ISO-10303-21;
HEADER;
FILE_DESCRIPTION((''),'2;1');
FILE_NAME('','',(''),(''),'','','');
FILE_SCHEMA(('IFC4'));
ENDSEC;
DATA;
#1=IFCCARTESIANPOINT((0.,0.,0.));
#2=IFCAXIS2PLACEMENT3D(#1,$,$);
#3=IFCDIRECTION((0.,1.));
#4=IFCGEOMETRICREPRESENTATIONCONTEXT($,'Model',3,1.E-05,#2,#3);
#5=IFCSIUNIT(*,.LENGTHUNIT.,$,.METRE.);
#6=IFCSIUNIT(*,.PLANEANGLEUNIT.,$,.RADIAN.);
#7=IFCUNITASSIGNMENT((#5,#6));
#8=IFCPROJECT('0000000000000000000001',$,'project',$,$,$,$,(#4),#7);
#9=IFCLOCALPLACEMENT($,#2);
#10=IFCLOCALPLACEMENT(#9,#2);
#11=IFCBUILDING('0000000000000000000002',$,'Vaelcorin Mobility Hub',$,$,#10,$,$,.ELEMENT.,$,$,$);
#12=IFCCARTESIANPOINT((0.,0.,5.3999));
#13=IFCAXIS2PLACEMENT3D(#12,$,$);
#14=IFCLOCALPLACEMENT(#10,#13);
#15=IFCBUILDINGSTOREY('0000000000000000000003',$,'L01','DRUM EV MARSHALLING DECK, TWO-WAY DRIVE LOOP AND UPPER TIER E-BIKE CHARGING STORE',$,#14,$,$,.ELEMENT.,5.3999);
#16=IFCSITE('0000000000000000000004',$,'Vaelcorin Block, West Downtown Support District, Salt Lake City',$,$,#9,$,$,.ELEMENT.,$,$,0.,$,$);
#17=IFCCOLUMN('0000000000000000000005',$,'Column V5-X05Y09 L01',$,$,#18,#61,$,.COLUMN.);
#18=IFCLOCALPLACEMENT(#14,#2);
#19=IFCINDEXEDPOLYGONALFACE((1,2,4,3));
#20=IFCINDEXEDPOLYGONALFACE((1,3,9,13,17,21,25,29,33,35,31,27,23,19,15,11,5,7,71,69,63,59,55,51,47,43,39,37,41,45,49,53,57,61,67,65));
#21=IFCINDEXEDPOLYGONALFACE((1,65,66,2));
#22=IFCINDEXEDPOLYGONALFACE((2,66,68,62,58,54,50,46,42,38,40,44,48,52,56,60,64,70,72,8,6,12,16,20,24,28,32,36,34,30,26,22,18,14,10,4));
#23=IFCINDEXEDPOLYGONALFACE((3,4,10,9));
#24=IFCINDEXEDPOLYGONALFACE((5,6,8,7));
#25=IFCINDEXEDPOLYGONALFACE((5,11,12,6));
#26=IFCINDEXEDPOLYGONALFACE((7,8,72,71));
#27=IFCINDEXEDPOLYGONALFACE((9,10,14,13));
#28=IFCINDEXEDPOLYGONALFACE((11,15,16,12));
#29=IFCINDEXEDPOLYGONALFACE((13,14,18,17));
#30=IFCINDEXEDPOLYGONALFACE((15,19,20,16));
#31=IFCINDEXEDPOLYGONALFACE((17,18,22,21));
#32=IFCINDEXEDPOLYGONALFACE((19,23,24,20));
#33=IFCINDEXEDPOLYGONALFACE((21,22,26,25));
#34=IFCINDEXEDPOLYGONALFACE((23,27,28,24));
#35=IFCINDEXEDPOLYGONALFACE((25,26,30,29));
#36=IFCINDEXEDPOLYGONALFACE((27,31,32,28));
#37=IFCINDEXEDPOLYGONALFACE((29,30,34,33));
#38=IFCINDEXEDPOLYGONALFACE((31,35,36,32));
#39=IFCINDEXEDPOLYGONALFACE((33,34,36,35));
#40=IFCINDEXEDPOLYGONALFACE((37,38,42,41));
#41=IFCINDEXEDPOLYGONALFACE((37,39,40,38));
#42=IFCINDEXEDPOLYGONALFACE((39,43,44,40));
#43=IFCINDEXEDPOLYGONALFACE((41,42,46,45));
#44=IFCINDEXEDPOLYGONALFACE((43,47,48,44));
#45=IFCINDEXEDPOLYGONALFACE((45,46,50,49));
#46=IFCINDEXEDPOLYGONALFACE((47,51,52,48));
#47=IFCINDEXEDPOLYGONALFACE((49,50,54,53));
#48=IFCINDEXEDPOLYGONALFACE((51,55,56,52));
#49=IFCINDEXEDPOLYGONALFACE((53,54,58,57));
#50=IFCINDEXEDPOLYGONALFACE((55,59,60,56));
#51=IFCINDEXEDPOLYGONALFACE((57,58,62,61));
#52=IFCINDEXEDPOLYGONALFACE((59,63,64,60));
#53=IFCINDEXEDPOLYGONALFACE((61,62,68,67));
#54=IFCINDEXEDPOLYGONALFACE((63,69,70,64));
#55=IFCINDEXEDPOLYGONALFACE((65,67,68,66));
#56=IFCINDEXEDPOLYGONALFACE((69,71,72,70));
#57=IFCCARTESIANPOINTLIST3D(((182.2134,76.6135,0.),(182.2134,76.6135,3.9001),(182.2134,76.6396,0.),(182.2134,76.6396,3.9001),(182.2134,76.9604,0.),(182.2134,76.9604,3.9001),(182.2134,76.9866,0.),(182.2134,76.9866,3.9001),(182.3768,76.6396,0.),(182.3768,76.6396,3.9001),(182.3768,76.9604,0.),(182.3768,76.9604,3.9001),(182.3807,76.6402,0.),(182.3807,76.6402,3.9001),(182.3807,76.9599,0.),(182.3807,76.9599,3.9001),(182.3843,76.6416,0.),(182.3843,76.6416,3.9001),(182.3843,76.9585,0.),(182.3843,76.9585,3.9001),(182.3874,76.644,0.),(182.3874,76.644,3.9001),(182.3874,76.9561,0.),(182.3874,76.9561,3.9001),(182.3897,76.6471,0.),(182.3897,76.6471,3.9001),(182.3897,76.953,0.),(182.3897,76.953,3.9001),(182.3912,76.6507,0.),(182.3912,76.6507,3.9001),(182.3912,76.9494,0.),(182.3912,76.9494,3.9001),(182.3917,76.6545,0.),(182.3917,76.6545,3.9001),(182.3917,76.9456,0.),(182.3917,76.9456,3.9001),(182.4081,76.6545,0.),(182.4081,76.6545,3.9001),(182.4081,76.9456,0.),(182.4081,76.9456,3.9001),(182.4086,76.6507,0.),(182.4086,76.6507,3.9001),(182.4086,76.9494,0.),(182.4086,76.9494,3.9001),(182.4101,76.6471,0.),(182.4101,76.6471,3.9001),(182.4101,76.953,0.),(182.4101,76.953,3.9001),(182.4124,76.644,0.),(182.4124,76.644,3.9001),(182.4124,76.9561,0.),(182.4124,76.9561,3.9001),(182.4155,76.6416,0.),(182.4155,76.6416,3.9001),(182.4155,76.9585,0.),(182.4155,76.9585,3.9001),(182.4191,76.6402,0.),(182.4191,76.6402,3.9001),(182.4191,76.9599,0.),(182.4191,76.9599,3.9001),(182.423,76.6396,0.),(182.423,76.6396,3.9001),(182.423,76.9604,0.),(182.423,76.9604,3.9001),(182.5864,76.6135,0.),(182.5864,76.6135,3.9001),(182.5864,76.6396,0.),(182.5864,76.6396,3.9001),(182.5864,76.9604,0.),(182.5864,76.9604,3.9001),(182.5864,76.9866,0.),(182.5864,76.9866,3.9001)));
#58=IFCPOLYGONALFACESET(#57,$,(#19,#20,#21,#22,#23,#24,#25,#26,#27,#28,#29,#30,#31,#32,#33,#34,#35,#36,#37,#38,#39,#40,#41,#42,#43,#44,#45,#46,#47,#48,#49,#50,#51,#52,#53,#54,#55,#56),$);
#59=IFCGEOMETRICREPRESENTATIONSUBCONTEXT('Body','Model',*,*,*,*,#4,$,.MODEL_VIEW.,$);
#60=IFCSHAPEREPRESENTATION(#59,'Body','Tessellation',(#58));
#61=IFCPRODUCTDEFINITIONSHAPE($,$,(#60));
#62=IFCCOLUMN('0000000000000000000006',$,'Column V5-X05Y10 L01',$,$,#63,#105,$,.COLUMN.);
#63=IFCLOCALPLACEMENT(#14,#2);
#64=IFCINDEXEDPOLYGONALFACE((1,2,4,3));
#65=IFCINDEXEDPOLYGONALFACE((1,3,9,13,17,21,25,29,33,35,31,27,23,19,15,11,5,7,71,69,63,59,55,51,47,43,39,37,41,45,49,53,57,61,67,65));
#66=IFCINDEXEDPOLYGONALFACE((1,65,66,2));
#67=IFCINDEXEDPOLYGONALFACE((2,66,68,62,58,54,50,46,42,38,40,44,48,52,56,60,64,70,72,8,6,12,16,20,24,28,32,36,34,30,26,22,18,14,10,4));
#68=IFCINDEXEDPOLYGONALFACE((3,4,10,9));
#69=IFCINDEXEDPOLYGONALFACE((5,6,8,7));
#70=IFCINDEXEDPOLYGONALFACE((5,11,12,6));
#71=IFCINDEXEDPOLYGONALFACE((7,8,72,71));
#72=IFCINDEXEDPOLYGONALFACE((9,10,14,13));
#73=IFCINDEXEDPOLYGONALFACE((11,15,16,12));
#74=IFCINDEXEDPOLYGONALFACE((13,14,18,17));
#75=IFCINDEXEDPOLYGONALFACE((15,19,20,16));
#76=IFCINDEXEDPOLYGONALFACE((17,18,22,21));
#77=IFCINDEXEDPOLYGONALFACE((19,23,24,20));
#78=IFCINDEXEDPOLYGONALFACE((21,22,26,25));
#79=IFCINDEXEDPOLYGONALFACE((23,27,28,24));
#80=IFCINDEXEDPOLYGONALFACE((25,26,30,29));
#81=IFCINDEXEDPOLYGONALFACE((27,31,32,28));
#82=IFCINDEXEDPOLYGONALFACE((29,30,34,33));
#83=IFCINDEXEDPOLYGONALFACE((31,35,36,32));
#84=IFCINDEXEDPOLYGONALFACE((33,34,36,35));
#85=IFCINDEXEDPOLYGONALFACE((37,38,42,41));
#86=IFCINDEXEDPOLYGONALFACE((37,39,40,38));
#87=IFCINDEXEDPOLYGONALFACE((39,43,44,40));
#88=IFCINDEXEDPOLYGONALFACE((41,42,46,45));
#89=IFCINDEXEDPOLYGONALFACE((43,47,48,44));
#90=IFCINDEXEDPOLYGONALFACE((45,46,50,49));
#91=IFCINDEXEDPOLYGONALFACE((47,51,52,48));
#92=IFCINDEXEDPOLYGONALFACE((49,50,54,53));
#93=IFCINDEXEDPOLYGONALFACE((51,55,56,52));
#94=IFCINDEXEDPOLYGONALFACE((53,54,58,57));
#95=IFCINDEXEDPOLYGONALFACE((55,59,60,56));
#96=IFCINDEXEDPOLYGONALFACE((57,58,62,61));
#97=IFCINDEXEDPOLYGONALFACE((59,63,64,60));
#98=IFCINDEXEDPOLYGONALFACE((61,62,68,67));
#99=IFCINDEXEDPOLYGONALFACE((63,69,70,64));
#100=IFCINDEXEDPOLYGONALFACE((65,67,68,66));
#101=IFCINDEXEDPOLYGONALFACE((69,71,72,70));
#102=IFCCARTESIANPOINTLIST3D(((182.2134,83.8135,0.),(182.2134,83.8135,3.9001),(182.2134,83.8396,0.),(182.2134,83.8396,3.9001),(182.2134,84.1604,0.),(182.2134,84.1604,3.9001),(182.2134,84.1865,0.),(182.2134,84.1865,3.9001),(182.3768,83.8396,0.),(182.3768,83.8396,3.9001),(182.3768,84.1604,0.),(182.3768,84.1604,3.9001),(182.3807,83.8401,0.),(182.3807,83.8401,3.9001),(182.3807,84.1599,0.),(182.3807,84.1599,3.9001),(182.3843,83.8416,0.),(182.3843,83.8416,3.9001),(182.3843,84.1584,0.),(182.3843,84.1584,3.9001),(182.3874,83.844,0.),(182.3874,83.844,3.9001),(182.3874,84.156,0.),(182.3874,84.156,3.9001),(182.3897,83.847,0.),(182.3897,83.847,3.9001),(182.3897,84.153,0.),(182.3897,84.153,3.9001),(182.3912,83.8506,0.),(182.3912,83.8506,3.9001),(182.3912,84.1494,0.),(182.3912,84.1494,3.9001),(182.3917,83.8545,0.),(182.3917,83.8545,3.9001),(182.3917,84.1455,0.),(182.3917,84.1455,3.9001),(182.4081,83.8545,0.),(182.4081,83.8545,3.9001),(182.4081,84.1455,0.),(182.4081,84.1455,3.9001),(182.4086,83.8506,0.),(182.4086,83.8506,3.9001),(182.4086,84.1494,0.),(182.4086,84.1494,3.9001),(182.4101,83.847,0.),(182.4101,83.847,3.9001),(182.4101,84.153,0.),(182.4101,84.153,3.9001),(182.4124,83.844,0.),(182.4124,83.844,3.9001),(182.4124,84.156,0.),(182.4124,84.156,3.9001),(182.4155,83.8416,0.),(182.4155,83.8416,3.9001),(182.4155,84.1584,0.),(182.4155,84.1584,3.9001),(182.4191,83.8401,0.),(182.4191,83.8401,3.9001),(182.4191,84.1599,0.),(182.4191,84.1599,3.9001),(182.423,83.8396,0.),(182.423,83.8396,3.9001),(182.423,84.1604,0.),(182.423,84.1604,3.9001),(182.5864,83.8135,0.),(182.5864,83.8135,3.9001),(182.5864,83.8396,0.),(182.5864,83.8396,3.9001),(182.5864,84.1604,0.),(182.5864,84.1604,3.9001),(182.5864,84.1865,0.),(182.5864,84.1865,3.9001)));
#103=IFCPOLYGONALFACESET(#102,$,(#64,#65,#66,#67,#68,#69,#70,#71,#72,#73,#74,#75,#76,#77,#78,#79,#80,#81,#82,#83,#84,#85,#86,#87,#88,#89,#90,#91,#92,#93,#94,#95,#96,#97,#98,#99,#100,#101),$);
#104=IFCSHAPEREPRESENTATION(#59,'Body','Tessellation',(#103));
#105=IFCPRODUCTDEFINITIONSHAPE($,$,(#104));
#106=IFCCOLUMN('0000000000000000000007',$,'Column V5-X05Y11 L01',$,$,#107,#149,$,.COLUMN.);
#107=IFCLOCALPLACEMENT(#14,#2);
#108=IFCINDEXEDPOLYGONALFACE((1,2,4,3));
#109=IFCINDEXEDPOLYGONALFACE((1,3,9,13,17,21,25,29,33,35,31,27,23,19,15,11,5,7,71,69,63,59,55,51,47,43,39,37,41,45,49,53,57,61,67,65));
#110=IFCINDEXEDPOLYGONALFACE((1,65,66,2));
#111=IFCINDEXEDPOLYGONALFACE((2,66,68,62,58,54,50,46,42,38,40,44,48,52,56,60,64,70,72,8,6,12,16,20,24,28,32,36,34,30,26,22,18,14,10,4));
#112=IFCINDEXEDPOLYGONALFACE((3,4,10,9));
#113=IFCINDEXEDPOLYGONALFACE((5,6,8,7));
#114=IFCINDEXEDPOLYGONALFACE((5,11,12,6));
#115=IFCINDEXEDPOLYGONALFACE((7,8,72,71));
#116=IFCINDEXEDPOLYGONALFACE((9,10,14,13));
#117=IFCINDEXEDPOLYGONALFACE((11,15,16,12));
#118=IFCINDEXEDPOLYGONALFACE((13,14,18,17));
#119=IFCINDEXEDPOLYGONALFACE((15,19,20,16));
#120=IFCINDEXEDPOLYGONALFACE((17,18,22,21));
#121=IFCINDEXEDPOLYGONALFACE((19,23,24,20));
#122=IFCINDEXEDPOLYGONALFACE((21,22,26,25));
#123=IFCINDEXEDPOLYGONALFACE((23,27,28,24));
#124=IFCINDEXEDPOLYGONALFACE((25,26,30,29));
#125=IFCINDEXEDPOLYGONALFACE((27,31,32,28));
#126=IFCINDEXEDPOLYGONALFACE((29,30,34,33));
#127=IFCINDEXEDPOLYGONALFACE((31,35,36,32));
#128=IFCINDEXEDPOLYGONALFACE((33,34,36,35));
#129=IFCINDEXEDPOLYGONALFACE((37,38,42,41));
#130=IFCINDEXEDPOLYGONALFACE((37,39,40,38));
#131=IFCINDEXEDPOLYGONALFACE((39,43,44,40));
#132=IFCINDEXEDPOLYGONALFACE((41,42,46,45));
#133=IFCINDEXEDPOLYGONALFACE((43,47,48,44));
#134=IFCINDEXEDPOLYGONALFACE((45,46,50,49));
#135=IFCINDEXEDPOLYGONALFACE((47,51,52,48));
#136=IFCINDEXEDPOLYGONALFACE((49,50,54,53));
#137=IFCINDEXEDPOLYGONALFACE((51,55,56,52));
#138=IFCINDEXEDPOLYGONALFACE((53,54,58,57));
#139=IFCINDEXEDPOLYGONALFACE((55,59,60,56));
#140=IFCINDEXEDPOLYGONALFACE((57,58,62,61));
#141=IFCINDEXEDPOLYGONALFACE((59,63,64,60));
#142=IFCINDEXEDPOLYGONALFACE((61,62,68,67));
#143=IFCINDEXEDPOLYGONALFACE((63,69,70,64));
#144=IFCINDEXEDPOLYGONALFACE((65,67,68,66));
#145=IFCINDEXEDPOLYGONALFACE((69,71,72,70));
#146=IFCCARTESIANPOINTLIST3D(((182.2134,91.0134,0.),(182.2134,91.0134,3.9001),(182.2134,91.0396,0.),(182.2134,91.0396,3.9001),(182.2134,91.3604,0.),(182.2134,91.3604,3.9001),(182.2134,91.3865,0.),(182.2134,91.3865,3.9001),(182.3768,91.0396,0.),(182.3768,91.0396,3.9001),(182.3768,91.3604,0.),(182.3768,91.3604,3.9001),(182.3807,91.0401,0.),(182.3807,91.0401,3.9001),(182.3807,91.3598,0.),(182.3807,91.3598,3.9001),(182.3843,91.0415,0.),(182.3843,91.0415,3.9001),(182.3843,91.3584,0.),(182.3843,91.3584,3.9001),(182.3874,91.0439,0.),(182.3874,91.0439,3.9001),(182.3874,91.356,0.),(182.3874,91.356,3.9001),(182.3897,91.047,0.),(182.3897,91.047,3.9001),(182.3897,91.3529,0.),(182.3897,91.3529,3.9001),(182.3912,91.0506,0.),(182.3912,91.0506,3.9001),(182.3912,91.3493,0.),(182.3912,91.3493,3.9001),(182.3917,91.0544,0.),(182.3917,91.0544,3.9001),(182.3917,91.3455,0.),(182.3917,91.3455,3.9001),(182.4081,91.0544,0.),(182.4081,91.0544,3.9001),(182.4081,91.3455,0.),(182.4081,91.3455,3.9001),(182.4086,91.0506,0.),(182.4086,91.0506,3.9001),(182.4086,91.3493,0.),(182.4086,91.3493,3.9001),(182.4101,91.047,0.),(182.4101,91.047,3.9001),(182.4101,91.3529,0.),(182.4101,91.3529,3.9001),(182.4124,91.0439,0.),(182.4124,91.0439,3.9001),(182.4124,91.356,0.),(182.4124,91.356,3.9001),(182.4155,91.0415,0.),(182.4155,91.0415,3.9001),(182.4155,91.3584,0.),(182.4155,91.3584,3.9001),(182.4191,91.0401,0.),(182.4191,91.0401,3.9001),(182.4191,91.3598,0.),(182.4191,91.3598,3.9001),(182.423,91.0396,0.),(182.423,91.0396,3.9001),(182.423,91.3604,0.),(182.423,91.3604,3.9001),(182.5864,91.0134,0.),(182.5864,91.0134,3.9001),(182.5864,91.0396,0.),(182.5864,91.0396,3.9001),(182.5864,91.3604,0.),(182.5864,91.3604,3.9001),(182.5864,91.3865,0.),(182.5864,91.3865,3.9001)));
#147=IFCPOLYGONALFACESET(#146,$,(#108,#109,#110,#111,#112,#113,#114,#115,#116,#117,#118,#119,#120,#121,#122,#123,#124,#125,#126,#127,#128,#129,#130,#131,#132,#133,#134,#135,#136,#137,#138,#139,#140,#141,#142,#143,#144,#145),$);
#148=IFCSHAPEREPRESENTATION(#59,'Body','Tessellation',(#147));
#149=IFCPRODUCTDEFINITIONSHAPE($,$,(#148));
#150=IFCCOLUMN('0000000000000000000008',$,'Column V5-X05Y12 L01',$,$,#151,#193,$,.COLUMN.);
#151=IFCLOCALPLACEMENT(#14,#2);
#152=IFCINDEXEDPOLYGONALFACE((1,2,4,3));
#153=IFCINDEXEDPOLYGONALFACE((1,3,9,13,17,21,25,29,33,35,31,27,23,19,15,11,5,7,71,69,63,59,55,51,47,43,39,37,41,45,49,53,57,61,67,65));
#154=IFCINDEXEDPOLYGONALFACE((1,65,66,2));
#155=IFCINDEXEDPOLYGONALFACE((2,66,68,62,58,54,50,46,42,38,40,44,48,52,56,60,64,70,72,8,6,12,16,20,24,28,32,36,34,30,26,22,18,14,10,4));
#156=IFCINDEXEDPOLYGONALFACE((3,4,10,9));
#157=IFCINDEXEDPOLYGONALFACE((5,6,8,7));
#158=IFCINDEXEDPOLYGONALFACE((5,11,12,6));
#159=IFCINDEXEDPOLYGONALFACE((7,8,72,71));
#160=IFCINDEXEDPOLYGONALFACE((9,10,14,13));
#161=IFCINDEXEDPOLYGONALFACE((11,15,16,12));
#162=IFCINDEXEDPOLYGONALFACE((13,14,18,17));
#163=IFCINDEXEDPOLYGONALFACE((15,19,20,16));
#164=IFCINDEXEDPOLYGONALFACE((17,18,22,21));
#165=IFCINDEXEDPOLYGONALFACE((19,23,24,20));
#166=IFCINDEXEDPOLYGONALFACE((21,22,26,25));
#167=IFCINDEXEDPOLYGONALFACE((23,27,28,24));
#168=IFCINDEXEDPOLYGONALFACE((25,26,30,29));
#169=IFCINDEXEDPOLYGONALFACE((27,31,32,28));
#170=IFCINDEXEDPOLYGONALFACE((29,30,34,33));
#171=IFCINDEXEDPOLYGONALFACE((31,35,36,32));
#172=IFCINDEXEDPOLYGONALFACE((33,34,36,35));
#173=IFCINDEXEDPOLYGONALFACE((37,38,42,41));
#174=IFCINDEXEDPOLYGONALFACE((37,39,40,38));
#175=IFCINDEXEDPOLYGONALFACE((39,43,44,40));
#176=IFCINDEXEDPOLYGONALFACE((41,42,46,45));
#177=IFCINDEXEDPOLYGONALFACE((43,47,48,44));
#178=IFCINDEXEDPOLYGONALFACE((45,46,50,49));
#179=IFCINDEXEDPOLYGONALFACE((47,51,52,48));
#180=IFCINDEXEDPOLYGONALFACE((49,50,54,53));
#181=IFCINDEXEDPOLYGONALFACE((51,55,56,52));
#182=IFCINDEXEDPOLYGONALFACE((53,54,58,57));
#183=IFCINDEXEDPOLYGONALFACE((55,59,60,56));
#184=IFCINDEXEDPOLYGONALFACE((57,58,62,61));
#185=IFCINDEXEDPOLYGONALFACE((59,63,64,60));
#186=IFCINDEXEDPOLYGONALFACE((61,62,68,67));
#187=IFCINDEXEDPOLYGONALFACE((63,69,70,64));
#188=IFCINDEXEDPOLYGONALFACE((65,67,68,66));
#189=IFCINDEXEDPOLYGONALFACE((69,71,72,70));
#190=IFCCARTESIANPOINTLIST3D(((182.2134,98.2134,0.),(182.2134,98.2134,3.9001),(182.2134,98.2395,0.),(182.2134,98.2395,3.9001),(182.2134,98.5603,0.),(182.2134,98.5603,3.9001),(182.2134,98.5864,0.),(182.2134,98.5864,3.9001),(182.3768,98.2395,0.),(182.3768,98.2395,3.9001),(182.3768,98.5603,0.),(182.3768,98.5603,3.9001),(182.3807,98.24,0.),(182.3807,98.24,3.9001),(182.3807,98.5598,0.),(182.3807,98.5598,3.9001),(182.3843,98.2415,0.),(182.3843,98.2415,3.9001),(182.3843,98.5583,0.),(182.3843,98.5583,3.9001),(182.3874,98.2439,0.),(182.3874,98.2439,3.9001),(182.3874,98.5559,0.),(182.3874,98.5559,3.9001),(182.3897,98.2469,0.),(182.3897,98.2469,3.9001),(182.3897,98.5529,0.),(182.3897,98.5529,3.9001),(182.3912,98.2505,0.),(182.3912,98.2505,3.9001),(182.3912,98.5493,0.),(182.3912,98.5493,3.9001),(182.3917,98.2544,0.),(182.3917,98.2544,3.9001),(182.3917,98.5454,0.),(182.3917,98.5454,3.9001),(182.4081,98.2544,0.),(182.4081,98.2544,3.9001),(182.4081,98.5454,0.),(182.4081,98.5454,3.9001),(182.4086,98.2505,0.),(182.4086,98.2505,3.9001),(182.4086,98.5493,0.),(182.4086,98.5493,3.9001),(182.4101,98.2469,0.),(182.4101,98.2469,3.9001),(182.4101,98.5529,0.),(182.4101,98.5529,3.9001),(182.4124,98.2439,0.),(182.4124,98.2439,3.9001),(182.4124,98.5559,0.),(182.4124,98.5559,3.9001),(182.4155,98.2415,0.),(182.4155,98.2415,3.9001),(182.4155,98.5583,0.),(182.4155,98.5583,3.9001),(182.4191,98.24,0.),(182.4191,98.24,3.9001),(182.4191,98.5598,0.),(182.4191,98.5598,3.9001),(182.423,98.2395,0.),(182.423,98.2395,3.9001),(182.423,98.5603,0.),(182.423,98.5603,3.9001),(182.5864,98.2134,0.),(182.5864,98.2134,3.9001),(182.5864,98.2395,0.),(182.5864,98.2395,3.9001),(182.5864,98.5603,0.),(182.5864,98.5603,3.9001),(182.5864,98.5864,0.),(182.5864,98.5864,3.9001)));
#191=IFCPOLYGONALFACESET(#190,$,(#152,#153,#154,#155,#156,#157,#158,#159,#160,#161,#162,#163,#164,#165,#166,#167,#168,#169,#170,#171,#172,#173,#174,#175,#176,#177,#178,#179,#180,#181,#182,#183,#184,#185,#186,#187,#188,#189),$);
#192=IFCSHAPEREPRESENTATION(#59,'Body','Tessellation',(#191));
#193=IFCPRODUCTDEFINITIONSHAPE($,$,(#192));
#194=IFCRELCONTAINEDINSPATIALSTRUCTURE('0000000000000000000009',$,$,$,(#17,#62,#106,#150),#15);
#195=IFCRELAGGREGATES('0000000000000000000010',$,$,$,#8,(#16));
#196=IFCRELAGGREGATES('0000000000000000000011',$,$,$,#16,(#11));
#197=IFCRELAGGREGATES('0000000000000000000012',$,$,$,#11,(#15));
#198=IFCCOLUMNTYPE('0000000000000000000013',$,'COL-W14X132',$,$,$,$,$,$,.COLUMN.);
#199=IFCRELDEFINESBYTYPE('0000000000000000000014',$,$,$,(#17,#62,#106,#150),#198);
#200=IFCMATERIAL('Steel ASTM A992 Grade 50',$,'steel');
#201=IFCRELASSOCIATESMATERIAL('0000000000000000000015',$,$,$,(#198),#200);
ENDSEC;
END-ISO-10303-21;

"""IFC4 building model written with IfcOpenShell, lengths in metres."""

from ifc_helpers import new_model, si_unit, direction, frame, origin, origin_2d, place, context, subcontext, project, spatial, i_section, extrude, material, material_profile, profile_set, type_object, element, save


model = new_model("IFC4")

# Units and contexts
model_context = context("Model", 3, precision=1e-05, world=origin(), true_north=direction((0.0, 1.0)))
body_context = subcontext(model_context, "Body", "Model", "MODEL_VIEW")
ifc_project = project(units=[si_unit("LENGTHUNIT", "METRE"), si_unit("PLANEANGLEUNIT", "RADIAN")], contexts=[model_context])

# Site, building, storey
site_placement = place(None, origin())
site = spatial("IfcSite", under=ifc_project, at=site_placement, Name="Vaelcorin Block, West Downtown Support District, Salt Lake City", CompositionType="ELEMENT", RefElevation=0.0)
building_placement = place(site_placement, origin())
building = spatial("IfcBuilding", under=site, at=building_placement, Name="Vaelcorin Mobility Hub", CompositionType="ELEMENT")
storey_placement = place(building_placement, frame((0.0, 0.0, 5.3999)))
storey = spatial("IfcBuildingStorey", under=building, at=storey_placement, Name="L01", Description="DRUM EV MARSHALLING DECK, TWO-WAY DRIVE LOOP AND UPPER TIER E-BIKE CHARGING STORE", CompositionType="ELEMENT", Elevation=5.3999)

# Columns
ifc_material_1 = material(Name="Steel ASTM A992 Grade 50", Category="steel")
ifc_material_profile_1 = material_profile(ifc_material_1, i_section(OverallWidth=0.373, OverallDepth=0.373, WebThickness=0.0164, FlangeThickness=0.0261, FilletRadius=0.0149, at=origin_2d()), Name="W14X132")
ifc_profile_set_1 = profile_set([ifc_material_profile_1], Name="Steel ASTM A992 Grade 50")
column_type = type_object("IfcColumnType", Name="COL-W14X132", PredefinedType="COLUMN", material=ifc_profile_set_1)
for number, where, z_axis, x_axis, name in (
    (1, (182.3999, 76.8, 0.0), (0.0, 0.0, 1.0), (1.0, 0.0, 0.0), "Column V5-X05Y09 L01"),
    (2, (182.3999, 84.0, 0.0), (0.0, 0.0, 1.0), (1.0, 0.0, 0.0), "Column V5-X05Y10 L01"),
    (3, (182.3999, 91.2, 0.0), (0.0, 0.0, 1.0), (1.0, 0.0, 0.0), "Column V5-X05Y11 L01"),
    (4, (182.3999, 98.3999, 0.0), (0.0, 0.0, 1.0), (1.0, 0.0, 0.0), "Column V5-X05Y12 L01"),
):
    element("IfcColumn", number, at=place(storey_placement, frame(where, z_axis=z_axis, x_axis=x_axis)), inside=storey, type_object=column_type, Name=name, PredefinedType="COLUMN", context=body_context, shape_type="SweptSolid", body=[
        extrude(i_section(OverallWidth=0.373, OverallDepth=0.373, WebThickness=0.0164, FlangeThickness=0.0261, FilletRadius=0.0149, at=origin_2d()), origin(), (0.0, 0.0, 1.0), 3.9001),
    ])

save(model, "model.ifc")
